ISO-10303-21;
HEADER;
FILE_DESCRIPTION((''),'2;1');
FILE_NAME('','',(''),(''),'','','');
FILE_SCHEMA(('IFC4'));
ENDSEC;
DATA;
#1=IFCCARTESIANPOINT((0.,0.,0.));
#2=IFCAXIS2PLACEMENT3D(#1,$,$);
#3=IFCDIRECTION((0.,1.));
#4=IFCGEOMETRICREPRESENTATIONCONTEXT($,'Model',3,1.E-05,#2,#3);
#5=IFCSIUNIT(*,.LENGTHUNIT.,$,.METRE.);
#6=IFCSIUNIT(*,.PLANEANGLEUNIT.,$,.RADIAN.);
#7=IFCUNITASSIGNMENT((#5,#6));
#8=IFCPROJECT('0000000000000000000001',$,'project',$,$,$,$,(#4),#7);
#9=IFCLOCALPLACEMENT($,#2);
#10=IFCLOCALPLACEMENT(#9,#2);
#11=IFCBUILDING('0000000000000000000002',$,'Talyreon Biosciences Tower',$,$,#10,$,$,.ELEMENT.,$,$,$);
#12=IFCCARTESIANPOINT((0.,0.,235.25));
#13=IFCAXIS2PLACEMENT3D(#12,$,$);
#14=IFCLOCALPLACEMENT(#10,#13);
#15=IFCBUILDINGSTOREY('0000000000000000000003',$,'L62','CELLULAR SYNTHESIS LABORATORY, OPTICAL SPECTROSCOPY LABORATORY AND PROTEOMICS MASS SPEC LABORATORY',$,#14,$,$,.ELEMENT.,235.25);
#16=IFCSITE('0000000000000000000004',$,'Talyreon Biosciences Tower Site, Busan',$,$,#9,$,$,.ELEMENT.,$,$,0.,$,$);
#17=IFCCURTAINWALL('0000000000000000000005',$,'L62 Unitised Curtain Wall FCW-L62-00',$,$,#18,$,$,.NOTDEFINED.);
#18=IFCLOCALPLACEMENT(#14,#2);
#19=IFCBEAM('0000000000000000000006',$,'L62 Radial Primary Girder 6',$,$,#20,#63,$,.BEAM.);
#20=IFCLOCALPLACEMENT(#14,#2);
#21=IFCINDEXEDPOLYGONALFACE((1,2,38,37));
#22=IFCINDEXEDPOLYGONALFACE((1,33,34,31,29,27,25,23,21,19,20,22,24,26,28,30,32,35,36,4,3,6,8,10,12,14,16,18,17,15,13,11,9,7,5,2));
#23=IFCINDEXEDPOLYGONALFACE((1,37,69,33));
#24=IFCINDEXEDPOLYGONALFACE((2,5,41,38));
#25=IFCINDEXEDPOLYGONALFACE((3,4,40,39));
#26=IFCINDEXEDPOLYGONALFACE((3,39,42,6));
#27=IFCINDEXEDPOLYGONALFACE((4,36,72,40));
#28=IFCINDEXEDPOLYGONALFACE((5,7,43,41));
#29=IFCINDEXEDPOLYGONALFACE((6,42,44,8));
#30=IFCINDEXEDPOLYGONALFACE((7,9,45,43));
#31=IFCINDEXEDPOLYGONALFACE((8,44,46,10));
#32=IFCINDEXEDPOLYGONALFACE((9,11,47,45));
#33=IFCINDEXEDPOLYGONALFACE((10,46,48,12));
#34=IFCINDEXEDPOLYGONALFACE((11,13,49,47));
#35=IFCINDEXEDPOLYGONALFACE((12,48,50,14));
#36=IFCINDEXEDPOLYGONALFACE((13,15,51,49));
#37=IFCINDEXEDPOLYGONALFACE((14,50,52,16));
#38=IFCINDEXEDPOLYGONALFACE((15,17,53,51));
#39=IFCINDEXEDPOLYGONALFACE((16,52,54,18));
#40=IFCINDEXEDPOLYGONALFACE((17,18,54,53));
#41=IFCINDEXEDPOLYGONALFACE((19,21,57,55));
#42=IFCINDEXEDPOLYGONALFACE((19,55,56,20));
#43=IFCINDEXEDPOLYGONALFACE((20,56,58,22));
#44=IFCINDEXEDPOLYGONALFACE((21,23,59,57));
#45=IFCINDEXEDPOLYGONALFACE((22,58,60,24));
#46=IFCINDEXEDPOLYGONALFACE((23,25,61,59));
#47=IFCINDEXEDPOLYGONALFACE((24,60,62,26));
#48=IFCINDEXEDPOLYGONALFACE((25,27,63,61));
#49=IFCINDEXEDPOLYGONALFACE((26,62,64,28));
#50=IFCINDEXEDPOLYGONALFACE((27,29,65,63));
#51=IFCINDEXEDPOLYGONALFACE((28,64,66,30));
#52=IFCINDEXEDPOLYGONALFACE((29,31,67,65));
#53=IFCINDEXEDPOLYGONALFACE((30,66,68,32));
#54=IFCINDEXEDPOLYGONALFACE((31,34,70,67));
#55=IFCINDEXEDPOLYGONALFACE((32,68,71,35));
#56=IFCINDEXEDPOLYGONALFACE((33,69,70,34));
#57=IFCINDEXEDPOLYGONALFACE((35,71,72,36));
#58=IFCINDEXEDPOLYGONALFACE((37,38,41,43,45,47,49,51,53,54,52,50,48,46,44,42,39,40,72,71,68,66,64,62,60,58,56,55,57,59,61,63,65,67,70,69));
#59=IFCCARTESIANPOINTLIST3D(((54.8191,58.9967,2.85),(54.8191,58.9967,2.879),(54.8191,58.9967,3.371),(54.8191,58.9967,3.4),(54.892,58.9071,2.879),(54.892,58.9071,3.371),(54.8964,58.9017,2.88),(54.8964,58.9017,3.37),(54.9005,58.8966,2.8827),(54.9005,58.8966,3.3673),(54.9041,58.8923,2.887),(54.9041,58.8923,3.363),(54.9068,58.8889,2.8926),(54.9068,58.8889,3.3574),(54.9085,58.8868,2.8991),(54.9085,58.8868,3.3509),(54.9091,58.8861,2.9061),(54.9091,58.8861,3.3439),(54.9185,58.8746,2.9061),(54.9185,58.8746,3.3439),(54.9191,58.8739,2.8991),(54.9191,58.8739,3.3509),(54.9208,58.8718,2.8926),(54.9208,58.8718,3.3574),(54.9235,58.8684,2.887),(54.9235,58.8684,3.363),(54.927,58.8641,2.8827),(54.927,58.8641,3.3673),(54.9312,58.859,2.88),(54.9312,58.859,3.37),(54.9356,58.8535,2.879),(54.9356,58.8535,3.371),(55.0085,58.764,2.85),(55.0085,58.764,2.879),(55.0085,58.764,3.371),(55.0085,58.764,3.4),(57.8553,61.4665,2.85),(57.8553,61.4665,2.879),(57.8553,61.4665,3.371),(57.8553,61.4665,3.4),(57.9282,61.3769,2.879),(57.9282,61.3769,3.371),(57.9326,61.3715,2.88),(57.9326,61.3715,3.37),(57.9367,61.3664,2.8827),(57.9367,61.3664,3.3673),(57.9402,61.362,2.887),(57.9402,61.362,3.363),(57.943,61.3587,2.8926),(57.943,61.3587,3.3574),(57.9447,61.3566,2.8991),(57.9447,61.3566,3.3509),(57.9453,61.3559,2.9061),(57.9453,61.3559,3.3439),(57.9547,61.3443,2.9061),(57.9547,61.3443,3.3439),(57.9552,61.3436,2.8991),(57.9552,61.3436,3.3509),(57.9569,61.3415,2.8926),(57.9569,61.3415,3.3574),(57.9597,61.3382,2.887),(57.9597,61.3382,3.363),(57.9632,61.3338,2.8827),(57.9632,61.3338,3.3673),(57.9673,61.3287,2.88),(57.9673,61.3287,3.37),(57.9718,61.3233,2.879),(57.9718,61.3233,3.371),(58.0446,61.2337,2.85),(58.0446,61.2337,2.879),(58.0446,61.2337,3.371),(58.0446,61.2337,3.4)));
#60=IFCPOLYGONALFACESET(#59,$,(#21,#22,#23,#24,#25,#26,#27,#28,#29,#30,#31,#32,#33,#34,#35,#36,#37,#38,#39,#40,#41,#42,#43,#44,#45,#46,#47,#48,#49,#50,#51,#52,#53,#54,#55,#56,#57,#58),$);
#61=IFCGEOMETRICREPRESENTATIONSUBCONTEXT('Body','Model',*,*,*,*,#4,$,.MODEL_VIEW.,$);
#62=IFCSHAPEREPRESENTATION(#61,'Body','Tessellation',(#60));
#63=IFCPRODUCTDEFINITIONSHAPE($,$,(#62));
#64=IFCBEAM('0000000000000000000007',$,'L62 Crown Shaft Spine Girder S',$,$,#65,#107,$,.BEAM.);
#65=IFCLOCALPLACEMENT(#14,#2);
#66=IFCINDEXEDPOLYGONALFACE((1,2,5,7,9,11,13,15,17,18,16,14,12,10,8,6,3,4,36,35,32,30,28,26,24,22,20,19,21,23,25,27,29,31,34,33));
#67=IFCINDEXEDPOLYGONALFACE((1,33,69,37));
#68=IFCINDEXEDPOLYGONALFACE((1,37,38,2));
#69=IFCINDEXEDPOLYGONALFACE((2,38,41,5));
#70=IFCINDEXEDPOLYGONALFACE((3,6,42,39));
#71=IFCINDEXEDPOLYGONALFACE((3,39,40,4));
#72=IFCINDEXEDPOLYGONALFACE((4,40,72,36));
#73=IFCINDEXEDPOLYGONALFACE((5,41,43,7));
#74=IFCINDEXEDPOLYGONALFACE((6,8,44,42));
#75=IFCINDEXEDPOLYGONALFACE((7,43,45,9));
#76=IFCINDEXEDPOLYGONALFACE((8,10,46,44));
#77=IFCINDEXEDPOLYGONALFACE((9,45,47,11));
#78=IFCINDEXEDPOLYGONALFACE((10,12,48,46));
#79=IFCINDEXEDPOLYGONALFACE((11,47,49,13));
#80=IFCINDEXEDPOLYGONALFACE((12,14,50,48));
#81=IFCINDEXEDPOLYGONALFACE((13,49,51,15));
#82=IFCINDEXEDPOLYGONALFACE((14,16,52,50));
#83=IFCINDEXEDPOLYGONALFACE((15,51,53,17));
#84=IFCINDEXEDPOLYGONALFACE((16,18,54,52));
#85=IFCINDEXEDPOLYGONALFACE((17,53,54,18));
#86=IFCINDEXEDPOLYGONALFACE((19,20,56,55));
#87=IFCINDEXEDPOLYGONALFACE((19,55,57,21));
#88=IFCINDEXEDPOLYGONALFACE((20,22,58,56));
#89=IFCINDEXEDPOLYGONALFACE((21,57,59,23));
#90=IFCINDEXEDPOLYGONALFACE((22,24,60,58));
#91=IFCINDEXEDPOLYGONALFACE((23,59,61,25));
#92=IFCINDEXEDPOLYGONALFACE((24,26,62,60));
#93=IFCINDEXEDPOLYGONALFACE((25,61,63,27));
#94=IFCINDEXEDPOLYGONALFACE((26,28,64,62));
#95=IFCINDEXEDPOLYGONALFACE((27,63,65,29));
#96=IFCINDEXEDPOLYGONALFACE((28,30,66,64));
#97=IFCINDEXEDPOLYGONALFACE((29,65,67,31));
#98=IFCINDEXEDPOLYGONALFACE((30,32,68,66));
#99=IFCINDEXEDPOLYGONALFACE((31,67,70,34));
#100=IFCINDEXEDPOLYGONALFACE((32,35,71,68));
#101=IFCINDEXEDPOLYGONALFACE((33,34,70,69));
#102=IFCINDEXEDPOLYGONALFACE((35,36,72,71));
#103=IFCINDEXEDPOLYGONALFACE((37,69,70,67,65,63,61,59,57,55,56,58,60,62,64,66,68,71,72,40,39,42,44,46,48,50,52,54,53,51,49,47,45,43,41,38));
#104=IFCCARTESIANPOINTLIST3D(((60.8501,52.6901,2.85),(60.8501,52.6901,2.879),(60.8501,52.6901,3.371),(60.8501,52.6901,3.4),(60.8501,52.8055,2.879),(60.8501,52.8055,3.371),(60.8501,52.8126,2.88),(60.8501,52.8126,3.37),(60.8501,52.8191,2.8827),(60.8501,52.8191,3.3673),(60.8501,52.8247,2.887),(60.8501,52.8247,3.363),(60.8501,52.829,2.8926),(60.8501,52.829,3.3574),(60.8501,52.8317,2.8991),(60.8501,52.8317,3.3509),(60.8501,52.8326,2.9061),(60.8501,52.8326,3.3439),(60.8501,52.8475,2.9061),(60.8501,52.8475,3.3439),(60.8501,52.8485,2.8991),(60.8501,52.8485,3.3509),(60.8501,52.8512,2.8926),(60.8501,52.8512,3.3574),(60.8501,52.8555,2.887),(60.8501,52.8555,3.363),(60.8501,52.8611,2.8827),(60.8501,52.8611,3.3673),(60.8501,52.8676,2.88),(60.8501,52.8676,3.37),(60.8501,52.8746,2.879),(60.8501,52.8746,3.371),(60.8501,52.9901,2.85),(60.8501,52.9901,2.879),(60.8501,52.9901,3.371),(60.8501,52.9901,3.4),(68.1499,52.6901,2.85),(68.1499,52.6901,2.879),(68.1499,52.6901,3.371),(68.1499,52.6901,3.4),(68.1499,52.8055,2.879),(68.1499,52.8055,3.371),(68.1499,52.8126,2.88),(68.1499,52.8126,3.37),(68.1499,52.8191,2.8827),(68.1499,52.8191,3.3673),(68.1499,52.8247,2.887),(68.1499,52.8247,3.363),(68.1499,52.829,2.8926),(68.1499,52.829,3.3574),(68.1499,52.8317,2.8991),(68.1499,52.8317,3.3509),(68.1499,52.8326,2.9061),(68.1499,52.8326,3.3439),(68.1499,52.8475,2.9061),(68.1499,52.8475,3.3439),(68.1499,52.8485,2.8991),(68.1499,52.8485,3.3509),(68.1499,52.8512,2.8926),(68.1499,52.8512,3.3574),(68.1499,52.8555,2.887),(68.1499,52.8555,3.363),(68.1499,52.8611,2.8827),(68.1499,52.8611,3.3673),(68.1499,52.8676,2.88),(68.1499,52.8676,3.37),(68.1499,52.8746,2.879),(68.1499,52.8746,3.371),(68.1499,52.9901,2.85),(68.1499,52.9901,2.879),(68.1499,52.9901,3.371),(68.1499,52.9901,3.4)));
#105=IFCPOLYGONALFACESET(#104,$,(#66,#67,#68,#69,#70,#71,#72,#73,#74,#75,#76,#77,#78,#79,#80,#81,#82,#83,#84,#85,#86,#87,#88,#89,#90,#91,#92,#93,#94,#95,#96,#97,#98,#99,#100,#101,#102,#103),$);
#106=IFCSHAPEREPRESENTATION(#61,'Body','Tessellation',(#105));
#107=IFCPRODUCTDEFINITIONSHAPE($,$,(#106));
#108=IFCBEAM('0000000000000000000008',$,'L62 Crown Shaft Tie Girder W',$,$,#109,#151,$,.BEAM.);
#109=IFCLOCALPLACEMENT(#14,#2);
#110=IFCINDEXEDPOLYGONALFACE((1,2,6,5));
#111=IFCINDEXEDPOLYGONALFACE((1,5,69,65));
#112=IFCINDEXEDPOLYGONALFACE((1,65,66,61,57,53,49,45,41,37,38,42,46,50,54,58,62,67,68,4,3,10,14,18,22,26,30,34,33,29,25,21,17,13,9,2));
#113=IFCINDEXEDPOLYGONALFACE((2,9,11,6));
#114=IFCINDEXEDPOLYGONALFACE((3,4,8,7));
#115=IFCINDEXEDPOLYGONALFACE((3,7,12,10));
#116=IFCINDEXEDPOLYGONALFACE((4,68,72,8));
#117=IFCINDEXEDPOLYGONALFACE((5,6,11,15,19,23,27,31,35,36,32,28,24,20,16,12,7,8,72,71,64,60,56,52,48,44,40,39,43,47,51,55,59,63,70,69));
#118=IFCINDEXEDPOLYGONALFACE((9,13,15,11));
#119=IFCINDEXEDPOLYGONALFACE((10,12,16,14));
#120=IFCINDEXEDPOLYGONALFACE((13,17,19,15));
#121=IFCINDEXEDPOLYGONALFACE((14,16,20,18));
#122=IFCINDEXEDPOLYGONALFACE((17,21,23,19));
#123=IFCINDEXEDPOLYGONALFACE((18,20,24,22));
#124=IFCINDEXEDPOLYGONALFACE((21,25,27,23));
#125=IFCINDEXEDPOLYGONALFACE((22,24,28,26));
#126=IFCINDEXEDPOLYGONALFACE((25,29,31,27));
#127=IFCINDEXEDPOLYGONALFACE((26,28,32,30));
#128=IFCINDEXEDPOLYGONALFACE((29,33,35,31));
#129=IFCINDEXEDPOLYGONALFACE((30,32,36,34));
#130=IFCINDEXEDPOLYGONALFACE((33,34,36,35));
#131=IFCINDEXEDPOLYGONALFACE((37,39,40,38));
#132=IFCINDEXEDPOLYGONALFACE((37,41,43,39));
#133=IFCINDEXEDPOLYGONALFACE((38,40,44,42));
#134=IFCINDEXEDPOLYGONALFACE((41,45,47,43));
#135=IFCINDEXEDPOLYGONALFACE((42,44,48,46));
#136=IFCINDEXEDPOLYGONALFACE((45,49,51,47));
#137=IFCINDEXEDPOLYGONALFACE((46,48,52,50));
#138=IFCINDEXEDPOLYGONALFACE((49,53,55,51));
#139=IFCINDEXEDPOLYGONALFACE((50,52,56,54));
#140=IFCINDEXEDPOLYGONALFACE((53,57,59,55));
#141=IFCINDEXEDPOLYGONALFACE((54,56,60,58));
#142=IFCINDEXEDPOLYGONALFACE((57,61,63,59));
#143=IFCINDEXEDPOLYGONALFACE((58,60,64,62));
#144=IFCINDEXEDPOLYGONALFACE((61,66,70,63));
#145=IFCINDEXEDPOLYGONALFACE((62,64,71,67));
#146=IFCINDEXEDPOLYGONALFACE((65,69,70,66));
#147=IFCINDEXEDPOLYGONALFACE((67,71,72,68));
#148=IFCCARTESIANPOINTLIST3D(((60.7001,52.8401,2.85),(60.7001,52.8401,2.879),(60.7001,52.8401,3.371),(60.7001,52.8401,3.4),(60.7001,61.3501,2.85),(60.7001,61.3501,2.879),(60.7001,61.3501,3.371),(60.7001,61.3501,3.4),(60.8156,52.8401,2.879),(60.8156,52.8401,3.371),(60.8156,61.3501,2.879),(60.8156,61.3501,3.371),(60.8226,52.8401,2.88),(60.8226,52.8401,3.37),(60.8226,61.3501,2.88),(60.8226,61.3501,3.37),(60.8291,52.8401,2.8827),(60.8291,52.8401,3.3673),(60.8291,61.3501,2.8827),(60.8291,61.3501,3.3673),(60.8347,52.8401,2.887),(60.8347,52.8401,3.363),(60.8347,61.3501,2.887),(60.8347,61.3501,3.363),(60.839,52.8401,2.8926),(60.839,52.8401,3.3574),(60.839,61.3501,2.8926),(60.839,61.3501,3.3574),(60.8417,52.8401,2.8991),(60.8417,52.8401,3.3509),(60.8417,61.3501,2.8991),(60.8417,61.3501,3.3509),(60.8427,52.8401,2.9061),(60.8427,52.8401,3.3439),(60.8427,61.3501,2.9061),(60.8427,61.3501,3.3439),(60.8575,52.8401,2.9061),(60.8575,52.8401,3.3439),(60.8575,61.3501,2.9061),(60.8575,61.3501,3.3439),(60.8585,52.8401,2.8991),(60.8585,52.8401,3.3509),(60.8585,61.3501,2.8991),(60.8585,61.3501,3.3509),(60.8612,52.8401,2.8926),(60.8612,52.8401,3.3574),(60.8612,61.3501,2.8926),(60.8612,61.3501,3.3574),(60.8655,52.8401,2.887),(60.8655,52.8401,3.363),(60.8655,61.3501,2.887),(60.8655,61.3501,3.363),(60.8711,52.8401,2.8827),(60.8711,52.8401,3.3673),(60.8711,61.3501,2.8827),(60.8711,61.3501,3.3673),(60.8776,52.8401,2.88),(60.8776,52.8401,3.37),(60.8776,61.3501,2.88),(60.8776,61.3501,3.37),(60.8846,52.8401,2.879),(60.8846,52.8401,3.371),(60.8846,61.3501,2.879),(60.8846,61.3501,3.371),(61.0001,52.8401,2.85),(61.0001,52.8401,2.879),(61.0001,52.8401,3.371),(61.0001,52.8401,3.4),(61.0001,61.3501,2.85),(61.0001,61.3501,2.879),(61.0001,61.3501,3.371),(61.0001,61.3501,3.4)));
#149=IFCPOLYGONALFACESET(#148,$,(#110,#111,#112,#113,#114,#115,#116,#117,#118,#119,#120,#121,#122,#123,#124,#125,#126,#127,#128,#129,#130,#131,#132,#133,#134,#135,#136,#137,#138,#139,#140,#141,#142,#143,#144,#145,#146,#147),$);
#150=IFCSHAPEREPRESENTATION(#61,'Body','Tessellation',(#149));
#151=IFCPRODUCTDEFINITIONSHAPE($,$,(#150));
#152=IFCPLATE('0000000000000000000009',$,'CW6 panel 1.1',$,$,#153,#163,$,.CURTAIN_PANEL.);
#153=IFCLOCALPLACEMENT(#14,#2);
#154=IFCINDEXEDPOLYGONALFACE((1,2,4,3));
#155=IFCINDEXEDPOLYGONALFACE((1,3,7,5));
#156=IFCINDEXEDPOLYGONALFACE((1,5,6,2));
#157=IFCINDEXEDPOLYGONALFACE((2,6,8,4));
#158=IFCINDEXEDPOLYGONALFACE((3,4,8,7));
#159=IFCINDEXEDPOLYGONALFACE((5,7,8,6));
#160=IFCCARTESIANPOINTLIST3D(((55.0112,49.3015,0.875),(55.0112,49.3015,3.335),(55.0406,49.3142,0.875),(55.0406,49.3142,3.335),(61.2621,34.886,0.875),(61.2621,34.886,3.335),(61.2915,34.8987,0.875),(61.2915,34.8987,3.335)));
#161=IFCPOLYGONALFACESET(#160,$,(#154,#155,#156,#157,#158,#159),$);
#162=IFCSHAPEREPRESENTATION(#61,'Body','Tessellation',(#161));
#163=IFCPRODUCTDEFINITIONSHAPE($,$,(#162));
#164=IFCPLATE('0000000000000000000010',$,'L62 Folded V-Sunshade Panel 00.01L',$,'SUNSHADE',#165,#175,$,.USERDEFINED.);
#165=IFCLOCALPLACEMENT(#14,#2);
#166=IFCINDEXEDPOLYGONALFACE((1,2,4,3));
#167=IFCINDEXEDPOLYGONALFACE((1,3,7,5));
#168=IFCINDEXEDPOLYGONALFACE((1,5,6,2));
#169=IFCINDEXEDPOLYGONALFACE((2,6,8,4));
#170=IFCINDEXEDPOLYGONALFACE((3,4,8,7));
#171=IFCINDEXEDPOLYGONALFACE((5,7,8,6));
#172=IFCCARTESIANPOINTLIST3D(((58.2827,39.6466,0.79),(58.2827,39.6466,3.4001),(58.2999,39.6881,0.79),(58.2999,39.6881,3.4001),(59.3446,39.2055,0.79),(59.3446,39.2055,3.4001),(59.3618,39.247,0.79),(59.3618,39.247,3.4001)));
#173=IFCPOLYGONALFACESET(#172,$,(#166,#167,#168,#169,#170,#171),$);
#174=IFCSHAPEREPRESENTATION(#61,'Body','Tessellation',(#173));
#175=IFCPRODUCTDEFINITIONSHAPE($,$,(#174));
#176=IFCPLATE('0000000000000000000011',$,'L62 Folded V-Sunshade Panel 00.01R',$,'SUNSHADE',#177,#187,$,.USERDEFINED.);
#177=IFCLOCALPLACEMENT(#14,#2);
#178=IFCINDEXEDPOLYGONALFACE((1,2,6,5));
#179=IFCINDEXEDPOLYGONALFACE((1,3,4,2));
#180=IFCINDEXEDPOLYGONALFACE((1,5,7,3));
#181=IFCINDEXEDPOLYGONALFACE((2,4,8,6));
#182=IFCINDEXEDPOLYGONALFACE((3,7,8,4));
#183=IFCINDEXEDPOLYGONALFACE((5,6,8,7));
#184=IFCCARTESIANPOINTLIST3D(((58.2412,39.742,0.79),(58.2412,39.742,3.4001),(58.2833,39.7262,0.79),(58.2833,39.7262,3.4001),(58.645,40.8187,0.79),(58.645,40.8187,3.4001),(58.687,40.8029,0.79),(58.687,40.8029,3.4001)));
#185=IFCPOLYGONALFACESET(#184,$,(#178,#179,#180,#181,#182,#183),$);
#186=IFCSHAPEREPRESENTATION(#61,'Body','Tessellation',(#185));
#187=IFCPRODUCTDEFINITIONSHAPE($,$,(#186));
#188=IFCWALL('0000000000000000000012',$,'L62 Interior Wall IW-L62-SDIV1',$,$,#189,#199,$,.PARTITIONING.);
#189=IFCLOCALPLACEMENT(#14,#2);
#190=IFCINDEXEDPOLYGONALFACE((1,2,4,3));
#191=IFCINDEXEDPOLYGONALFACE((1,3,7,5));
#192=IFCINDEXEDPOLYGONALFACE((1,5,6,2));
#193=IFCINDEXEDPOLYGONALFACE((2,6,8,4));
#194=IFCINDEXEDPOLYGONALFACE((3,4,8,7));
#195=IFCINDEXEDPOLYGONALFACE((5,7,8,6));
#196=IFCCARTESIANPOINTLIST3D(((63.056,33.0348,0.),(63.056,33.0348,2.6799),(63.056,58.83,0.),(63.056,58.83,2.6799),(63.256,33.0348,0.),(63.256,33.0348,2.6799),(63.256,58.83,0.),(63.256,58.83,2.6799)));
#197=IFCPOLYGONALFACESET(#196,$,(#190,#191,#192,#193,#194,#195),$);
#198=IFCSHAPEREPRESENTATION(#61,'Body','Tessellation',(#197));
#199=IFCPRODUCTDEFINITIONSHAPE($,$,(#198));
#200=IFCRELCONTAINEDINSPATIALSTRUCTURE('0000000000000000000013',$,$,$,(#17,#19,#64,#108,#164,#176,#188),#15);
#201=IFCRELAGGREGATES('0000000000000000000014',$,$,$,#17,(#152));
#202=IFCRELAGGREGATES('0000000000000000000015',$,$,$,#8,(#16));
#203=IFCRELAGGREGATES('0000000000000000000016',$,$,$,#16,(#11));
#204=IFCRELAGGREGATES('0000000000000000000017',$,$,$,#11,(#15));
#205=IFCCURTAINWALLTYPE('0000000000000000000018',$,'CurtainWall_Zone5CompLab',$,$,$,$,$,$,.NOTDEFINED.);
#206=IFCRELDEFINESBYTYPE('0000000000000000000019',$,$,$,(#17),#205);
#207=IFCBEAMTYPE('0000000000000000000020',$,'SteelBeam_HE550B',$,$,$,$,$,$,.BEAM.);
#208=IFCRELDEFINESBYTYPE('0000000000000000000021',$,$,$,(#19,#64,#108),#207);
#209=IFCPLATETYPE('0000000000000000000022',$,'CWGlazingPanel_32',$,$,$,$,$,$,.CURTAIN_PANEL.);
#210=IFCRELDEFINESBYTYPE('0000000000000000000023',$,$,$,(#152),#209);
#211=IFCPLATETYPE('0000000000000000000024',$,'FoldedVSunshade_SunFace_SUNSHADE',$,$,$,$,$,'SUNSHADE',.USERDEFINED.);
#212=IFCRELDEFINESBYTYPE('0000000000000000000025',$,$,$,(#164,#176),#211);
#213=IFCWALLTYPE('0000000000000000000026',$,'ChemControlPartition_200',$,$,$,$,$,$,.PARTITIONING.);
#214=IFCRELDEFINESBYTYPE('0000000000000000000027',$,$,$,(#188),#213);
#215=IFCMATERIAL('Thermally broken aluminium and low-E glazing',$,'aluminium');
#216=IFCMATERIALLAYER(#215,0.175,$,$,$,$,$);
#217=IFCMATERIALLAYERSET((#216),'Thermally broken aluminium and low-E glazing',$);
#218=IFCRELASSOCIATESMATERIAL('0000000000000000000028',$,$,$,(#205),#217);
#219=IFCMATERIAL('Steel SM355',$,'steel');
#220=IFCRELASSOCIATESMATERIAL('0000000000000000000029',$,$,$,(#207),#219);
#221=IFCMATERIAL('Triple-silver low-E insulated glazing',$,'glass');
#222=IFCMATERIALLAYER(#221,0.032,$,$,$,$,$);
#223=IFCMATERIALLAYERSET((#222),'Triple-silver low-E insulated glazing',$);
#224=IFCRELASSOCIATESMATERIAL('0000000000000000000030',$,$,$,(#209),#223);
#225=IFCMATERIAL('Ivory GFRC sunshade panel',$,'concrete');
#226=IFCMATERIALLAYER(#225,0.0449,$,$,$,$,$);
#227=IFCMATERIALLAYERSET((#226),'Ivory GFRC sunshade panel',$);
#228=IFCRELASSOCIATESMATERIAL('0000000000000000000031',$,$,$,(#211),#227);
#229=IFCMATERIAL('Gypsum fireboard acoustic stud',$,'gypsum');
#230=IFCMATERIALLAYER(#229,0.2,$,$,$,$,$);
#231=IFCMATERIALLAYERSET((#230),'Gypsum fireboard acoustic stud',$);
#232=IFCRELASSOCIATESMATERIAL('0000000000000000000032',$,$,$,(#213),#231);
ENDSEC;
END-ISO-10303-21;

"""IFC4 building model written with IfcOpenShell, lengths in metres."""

from ifc_helpers import new_model, si_unit, direction, frame, frame_2d, origin, origin_2d, place, context, subcontext, project, spatial, rectangle, i_section, extrude, material, layer, layer_set, material_profile, profile_set, type_object, element, aggregate, save


model = new_model("IFC4")

# Units and contexts
model_context = context("Model", 3, precision=1e-05, world=origin(), true_north=direction((0.0, 1.0)))
body_context = subcontext(model_context, "Body", "Model", "MODEL_VIEW")
ifc_project = project(units=[si_unit("LENGTHUNIT", "METRE"), si_unit("PLANEANGLEUNIT", "RADIAN")], contexts=[model_context])

# Site, building, storey
site_placement = place(None, origin())
site = spatial("IfcSite", under=ifc_project, at=site_placement, Name="Talyreon Biosciences Tower Site, Busan", CompositionType="ELEMENT", RefElevation=0.0)
building_placement = place(site_placement, origin())
building = spatial("IfcBuilding", under=site, at=building_placement, Name="Talyreon Biosciences Tower", CompositionType="ELEMENT")
storey_placement = place(building_placement, frame((0.0, 0.0, 235.25)))
storey = spatial("IfcBuildingStorey", under=building, at=storey_placement, Name="L62", Description="CELLULAR SYNTHESIS LABORATORY, OPTICAL SPECTROSCOPY LABORATORY AND PROTEOMICS MASS SPEC LABORATORY", CompositionType="ELEMENT", Elevation=235.25)

# Curtain wall
ifc_material_1 = material(Name="Thermally broken aluminium and low-E glazing", Category="aluminium")
ifc_layer_1 = layer(ifc_material_1, 0.175)
ifc_layer_set_1 = layer_set([ifc_layer_1], Name="Thermally broken aluminium and low-E glazing")
curtain_wall_type = type_object("IfcCurtainWallType", Name="CurtainWall_Zone5CompLab", PredefinedType="NOTDEFINED", material=ifc_layer_set_1)
curtain_wall_placement = place(storey_placement, origin())
curtain_wall = element("IfcCurtainWall", 1, at=curtain_wall_placement, inside=storey, type_object=curtain_wall_type, Name="L62 Unitised Curtain Wall FCW-L62-00", PredefinedType="NOTDEFINED")

# Beams
ifc_material_2 = material(Name="Steel SM355", Category="steel")
ifc_material_profile_1 = material_profile(ifc_material_2, i_section(OverallWidth=0.3, OverallDepth=0.55, WebThickness=0.0149, FlangeThickness=0.0291, FilletRadius=0.0271, at=origin_2d()), Name="HE550B")
ifc_profile_set_1 = profile_set([ifc_material_profile_1], Name="Steel SM355")
beam_type_1 = type_object("IfcBeamType", Name="SteelBeam_HE550B", PredefinedType="BEAM", material=ifc_profile_set_1)
beam_1_placement = place(storey_placement, frame((57.95, 61.3501, 3.125), z_axis=(-0.775755, -0.631034, 0.0), x_axis=(0.631034, -0.775755, 0.0)))
element("IfcBeam", 2, at=beam_1_placement, inside=storey, type_object=beam_type_1, Name="L62 Radial Primary Girder 6", PredefinedType="BEAM", context=body_context, shape_type="SweptSolid", body=[
    extrude(i_section(OverallWidth=0.3, OverallDepth=0.55, WebThickness=0.0149, FlangeThickness=0.0291, FilletRadius=0.0271, at=origin_2d()), origin(), (0.0, 0.0, 1.0), 3.9138),
])
beam_2_placement = place(storey_placement, frame((60.8501, 52.8401, 3.125), z_axis=(1.0, 0.0, 0.0), x_axis=(0.0, 1.0, 0.0)))
element("IfcBeam", 3, at=beam_2_placement, inside=storey, type_object=beam_type_1, Name="L62 Crown Shaft Spine Girder S", PredefinedType="BEAM", context=body_context, shape_type="SweptSolid", body=[
    extrude(i_section(OverallWidth=0.3, OverallDepth=0.55, WebThickness=0.0149, FlangeThickness=0.0291, FilletRadius=0.0271, at=origin_2d()), origin(), (0.0, 0.0, 1.0), 7.2998),
])
beam_3_placement = place(storey_placement, frame((60.8501, 52.8401, 3.125), z_axis=(0.0, 1.0, 0.0), x_axis=(-1.0, 0.0, 0.0)))
element("IfcBeam", 4, at=beam_3_placement, inside=storey, type_object=beam_type_1, Name="L62 Crown Shaft Tie Girder W", PredefinedType="BEAM", context=body_context, shape_type="SweptSolid", body=[
    extrude(i_section(OverallWidth=0.3, OverallDepth=0.55, WebThickness=0.0149, FlangeThickness=0.0291, FilletRadius=0.0271, at=origin_2d()), origin(), (0.0, 0.0, 1.0), 8.51),
])

# Plate
ifc_material_3 = material(Name="Triple-silver low-E insulated glazing", Category="glass")
ifc_layer_2 = layer(ifc_material_3, 0.032)
ifc_layer_set_2 = layer_set([ifc_layer_2], Name="Triple-silver low-E insulated glazing")
plate_type_1 = type_object("IfcPlateType", Name="CWGlazingPanel_32", PredefinedType="CURTAIN_PANEL", material=ifc_layer_set_2)
plate_placement = place(storey_placement, frame((58.1514, 42.1001, 0.875), z_axis=(0.0, 0.0, 1.0), x_axis=(-0.397832, 0.917458, 0.0)))
plate = element("IfcPlate", 5, at=plate_placement, type_object=plate_type_1, Name="CW6 panel 1.1", PredefinedType="CURTAIN_PANEL", context=body_context, shape_type="SweptSolid", body=[
    extrude(rectangle(XDim=15.7124, YDim=0.032, at=origin_2d()), origin(), (0.0, 0.0, 1.0), 2.46),
])
aggregate(curtain_wall, [plate])

# Plates
ifc_material_4 = material(Name="Ivory GFRC sunshade panel", Category="concrete")
ifc_layer_3 = layer(ifc_material_4, 0.0449)
ifc_layer_set_3 = layer_set([ifc_layer_3], Name="Ivory GFRC sunshade panel")
plate_type_2 = type_object("IfcPlateType", Name="FoldedVSunshade_SunFace_SUNSHADE", ElementType="SUNSHADE", PredefinedType="USERDEFINED", material=ifc_layer_set_3)
for number, where, z_axis, x_axis, name in (
    (6, (58.8223, 39.4468, 0.79), (0.0, 0.0, 1.0), (-0.923498, 0.383602, 0.0), "L62 Folded V-Sunshade Panel 00.01L"),
    (7, (58.4641, 40.2725, 0.79), (0.0, 0.0, 1.0), (0.351139, 0.936323, 0.0), "L62 Folded V-Sunshade Panel 00.01R"),
):
    element("IfcPlate", number, at=place(storey_placement, frame(where, z_axis=z_axis, x_axis=x_axis)), inside=storey, type_object=plate_type_2, Name=name, ObjectType="SUNSHADE", PredefinedType="USERDEFINED", context=body_context, shape_type="SweptSolid", body=[
        extrude(rectangle(XDim=1.1499, YDim=0.0449, at=origin_2d()), origin(), (0.0, 0.0, 1.0), 2.6101),
    ])

# Wall
ifc_material_5 = material(Name="Gypsum fireboard acoustic stud", Category="gypsum")
ifc_layer_4 = layer(ifc_material_5, 0.2)
ifc_layer_set_4 = layer_set([ifc_layer_4], Name="Gypsum fireboard acoustic stud")
wall_type_1 = type_object("IfcWallType", Name="ChemControlPartition_200", PredefinedType="PARTITIONING", material=ifc_layer_set_4)
wall_1_placement = place(storey_placement, frame((63.156, 33.0349, 0.0), z_axis=(0.0, 0.0, 1.0), x_axis=(0.0, 1.0, 0.0)))
element("IfcWall", 8, at=wall_1_placement, inside=storey, type_object=wall_type_1, Name="L62 Interior Wall IW-L62-SDIV1", PredefinedType="PARTITIONING", context=body_context, shape_type="SweptSolid", body=[
    extrude(rectangle(XDim=25.7952, YDim=0.2, at=frame_2d((12.8975, 0.0))), origin(), (0.0, 0.0, 1.0), 2.6799),
])

save(model, "model.ifc")
